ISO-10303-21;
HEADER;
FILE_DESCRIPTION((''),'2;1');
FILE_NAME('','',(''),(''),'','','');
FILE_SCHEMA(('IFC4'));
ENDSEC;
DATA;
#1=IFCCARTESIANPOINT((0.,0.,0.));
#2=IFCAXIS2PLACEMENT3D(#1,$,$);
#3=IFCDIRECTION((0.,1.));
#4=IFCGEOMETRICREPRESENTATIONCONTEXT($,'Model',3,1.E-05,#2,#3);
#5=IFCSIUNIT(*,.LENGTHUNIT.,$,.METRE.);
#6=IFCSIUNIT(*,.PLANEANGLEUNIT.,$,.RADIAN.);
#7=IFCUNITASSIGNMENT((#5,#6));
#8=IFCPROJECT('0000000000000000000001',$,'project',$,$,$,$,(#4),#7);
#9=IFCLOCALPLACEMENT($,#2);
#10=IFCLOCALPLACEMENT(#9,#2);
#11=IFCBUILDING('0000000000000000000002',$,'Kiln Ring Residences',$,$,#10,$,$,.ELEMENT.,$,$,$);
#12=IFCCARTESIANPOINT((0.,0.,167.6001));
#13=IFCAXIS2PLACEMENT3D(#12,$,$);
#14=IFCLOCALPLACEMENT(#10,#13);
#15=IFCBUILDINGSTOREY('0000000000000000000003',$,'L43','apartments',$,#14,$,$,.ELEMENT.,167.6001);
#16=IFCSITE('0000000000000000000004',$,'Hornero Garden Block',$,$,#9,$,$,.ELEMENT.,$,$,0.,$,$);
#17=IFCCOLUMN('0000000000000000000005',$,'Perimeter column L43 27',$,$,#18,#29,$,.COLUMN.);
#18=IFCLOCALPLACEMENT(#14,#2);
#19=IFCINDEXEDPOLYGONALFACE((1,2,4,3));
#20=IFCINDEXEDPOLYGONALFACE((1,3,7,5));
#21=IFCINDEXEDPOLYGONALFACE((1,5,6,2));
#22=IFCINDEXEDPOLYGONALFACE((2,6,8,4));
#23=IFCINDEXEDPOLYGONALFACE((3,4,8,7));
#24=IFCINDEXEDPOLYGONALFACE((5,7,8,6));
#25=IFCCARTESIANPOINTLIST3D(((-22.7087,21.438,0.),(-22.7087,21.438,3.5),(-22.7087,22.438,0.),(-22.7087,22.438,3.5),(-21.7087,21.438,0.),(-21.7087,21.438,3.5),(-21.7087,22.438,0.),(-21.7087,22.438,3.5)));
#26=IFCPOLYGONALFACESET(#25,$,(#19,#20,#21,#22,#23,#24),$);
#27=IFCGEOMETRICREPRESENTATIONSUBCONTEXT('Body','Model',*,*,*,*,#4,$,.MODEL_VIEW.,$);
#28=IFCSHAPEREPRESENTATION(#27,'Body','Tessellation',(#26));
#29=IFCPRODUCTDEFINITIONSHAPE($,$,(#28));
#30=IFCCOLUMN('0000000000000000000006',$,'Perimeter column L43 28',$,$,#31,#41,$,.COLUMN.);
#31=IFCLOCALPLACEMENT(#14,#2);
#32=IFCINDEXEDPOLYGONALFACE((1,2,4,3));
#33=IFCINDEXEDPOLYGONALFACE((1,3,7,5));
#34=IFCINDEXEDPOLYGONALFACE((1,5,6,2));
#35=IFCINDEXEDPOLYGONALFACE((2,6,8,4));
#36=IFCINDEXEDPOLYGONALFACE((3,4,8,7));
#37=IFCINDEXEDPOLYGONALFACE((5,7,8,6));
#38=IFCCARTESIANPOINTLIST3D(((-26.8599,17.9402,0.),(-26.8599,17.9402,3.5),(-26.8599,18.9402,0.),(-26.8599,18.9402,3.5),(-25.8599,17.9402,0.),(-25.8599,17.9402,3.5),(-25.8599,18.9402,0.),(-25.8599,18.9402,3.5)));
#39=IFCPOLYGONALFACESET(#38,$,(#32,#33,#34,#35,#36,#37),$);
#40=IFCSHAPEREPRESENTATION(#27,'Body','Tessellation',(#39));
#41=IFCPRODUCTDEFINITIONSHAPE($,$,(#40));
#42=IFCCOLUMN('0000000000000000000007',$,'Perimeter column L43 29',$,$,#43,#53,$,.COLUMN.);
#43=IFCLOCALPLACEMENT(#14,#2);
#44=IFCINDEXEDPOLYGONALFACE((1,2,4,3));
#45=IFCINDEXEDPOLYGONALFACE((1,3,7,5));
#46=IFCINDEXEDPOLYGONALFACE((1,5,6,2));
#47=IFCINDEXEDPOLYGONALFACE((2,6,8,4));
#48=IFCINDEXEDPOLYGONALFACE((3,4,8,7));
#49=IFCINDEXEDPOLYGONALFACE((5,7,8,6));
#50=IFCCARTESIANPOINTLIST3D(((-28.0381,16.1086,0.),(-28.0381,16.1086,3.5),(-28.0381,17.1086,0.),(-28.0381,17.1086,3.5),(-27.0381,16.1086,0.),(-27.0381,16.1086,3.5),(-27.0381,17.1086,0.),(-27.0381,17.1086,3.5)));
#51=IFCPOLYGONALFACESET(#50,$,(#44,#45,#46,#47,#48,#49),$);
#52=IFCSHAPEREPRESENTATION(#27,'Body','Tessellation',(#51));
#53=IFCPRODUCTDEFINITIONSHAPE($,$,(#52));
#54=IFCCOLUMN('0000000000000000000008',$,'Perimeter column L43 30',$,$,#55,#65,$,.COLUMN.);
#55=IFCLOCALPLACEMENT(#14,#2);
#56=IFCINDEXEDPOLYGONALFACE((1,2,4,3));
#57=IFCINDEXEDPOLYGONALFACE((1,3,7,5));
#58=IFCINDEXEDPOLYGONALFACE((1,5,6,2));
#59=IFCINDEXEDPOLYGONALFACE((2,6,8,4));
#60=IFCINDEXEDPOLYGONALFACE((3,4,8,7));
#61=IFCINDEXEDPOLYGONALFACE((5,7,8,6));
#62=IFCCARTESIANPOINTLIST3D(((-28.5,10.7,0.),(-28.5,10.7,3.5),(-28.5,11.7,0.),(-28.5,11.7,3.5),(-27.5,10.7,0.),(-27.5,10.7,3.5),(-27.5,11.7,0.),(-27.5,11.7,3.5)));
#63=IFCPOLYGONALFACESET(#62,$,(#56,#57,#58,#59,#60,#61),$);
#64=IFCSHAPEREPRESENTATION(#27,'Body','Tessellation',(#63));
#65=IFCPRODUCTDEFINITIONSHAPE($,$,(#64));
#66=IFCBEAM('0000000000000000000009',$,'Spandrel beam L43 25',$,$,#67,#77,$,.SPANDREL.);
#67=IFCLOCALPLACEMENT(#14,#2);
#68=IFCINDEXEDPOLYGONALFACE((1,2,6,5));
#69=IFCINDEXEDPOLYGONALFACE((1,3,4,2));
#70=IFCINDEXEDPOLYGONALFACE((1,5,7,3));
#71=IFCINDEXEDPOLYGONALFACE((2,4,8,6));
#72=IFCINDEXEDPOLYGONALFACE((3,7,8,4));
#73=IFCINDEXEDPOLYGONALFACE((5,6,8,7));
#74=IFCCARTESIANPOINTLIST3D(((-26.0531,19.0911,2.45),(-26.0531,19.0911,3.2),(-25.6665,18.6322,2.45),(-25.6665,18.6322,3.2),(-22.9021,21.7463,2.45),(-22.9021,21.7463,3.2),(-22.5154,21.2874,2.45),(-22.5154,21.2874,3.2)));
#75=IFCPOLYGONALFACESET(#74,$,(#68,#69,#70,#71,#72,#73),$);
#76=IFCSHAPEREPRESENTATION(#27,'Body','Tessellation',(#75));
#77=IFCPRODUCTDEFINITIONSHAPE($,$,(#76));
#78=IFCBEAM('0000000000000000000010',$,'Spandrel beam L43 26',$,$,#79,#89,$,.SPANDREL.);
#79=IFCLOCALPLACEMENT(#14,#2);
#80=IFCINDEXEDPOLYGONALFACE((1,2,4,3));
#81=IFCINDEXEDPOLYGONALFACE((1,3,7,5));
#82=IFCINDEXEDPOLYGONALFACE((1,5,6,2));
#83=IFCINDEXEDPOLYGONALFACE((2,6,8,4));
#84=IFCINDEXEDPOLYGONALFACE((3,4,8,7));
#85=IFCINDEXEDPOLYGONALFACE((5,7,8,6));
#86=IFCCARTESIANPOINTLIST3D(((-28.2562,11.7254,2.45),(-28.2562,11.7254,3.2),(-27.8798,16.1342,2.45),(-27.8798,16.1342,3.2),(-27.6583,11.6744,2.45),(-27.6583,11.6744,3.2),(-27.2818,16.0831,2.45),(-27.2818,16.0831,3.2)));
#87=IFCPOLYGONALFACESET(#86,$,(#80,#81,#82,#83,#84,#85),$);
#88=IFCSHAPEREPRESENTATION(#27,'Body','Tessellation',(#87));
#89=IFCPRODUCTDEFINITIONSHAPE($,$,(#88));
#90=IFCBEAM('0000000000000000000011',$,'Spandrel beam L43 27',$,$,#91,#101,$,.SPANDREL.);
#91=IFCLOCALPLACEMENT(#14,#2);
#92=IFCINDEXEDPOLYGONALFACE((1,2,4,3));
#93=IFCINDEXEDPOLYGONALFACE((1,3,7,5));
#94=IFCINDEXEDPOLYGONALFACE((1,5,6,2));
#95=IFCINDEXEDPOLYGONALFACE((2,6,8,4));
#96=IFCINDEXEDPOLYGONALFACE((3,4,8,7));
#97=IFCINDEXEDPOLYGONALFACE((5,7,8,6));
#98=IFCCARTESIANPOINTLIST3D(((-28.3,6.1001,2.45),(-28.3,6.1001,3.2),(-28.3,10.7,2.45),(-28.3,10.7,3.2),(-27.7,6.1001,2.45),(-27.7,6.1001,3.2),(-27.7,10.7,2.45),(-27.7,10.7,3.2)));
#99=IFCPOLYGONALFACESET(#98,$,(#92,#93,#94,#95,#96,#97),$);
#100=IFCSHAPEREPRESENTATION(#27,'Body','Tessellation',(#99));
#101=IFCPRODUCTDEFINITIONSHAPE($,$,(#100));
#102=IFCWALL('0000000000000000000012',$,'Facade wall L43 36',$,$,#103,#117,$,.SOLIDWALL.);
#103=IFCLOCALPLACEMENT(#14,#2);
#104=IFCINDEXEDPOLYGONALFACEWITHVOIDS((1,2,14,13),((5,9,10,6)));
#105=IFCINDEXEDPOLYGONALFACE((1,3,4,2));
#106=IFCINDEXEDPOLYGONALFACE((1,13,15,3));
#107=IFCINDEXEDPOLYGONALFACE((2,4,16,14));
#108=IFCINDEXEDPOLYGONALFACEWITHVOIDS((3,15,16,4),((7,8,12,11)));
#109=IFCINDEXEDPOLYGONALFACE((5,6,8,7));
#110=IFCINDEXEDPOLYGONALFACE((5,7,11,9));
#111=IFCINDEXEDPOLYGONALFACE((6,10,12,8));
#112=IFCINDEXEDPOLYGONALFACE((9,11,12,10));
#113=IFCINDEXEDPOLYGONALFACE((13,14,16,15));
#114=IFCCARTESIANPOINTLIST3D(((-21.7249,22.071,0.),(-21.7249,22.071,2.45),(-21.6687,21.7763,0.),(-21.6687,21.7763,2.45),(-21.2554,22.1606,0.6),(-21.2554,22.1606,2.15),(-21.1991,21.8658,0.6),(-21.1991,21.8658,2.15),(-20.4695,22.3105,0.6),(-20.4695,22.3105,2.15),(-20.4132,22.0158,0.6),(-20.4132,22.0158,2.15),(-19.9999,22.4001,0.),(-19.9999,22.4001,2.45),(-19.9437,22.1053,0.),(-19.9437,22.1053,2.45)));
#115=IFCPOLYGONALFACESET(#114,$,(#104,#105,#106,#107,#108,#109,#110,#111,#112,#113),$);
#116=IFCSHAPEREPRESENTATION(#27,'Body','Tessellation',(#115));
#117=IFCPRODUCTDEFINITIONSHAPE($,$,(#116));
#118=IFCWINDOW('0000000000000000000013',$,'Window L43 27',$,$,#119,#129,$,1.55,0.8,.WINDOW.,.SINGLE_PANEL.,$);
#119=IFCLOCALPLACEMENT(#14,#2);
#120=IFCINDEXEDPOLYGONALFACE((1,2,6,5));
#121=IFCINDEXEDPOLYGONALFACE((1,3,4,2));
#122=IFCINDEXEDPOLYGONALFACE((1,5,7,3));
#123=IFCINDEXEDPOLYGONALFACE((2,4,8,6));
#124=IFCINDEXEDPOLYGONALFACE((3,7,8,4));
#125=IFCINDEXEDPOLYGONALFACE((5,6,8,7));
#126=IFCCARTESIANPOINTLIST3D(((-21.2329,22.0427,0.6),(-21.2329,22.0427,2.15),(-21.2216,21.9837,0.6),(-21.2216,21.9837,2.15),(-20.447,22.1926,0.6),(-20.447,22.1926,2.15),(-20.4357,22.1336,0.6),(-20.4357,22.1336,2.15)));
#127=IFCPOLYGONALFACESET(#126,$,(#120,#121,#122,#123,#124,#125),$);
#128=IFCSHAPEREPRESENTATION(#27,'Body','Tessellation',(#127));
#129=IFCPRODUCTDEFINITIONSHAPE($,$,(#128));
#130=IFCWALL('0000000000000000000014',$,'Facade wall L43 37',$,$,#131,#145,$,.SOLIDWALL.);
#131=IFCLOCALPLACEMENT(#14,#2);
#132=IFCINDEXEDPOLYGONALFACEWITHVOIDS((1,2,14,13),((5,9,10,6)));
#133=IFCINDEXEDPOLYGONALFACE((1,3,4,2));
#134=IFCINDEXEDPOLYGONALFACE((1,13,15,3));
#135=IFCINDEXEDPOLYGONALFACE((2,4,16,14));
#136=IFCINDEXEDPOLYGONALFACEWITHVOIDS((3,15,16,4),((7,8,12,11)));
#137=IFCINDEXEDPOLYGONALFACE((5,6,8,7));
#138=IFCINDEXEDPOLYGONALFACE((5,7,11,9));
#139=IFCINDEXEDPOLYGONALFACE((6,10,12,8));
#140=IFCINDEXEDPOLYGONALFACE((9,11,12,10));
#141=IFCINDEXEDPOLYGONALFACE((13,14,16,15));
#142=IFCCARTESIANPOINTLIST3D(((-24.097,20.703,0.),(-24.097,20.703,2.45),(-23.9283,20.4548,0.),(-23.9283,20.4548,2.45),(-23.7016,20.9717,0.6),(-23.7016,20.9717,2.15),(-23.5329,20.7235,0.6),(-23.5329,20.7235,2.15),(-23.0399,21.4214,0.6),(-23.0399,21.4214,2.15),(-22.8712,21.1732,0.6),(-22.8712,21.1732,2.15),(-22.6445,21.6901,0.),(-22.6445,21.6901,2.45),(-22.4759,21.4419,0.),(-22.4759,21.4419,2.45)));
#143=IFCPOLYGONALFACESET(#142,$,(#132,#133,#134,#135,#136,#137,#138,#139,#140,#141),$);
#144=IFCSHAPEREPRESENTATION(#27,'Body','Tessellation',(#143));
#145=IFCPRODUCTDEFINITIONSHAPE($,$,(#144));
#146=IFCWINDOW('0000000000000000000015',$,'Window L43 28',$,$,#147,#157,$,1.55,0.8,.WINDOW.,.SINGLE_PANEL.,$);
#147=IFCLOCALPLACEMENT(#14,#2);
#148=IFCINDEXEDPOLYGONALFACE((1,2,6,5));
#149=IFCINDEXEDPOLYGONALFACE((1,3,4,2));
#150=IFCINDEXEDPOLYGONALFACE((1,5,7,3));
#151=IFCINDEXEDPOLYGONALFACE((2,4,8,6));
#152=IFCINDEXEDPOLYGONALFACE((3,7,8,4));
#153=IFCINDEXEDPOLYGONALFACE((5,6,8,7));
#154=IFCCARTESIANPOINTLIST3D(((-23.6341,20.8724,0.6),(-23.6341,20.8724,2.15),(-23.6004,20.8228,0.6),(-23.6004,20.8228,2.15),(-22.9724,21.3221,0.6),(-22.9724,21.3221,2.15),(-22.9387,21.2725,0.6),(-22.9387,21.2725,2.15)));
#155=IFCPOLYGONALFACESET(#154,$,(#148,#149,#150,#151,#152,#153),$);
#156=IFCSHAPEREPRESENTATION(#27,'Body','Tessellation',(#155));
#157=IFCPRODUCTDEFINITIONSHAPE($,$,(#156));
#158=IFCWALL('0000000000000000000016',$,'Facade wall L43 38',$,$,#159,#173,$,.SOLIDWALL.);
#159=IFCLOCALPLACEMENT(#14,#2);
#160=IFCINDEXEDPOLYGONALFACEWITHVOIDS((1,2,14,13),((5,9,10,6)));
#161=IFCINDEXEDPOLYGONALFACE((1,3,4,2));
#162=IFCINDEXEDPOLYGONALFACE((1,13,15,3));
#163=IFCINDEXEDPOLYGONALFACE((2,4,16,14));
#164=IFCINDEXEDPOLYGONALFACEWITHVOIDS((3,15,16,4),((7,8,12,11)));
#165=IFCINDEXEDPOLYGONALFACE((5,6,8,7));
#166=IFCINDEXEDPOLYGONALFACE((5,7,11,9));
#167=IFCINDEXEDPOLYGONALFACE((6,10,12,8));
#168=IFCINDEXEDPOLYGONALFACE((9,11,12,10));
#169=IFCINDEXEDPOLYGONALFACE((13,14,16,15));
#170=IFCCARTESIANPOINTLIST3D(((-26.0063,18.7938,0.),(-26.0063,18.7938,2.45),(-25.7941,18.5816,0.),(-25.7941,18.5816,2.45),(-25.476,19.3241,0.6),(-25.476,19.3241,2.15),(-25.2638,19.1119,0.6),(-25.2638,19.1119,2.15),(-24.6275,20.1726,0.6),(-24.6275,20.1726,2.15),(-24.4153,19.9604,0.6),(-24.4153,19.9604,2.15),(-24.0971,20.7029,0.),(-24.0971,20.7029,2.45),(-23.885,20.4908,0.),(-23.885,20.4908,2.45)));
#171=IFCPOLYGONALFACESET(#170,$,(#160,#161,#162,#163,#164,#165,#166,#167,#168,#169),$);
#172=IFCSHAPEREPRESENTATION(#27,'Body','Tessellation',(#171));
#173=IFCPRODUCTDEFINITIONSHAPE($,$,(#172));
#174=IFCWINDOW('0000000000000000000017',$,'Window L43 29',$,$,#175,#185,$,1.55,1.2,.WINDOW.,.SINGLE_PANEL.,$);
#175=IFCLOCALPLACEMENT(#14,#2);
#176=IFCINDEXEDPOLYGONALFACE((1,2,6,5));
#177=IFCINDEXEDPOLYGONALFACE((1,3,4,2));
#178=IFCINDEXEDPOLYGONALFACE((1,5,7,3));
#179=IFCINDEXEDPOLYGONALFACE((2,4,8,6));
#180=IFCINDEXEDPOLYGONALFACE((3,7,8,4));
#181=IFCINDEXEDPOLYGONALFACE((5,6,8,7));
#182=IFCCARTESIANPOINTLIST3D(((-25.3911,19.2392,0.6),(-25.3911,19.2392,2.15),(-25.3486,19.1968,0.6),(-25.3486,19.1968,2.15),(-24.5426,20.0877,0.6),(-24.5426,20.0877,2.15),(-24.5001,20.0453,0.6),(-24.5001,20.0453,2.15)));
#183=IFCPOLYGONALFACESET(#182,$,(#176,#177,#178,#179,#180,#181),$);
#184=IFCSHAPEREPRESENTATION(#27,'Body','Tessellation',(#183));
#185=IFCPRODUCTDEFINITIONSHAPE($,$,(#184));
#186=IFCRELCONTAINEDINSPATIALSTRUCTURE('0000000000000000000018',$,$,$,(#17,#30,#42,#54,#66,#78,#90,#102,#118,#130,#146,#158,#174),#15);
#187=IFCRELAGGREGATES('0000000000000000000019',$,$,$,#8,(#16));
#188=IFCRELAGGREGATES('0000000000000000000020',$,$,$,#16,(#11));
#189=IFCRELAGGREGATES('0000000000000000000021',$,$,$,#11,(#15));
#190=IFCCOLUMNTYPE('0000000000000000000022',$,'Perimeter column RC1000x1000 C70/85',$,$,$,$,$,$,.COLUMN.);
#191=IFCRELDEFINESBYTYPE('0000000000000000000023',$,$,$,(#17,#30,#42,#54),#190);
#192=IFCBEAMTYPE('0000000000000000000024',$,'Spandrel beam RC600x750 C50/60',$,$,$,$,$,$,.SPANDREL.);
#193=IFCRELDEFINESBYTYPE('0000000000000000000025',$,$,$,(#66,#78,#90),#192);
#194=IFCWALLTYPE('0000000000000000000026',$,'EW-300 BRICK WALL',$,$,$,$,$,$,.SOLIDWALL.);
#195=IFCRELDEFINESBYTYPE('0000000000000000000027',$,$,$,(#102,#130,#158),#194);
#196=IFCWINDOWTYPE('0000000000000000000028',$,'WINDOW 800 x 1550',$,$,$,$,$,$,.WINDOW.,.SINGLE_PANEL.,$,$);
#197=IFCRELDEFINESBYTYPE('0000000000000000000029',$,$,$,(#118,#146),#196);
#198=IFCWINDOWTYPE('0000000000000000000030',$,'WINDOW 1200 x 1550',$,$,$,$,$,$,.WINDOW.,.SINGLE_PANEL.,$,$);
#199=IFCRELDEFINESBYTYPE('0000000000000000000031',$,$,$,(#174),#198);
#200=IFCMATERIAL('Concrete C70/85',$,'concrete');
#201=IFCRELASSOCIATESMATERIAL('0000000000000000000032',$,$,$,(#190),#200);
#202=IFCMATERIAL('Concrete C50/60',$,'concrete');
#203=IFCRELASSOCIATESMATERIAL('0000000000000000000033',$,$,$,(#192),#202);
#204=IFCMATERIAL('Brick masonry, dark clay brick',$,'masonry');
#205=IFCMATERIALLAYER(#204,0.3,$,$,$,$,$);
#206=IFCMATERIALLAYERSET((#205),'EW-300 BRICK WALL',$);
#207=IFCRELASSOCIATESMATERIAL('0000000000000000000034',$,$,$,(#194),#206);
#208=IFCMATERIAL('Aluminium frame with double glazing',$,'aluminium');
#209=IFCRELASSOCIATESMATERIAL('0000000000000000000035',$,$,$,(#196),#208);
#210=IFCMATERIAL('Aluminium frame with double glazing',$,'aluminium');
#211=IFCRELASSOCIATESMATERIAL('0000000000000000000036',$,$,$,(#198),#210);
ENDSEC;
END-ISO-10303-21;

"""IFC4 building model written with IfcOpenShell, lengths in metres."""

from ifc_helpers import new_model, si_unit, direction, frame, frame_2d, origin, origin_2d, place, context, subcontext, project, spatial, rectangle, extrude, material, layer, layer_set, material_profile, profile_set, type_object, element, fill, save


model = new_model("IFC4")

# Units and contexts
model_context = context("Model", 3, precision=1e-05, world=origin(), true_north=direction((0.0, 1.0)))
body_context = subcontext(model_context, "Body", "Model", "MODEL_VIEW")
ifc_project = project(units=[si_unit("LENGTHUNIT", "METRE"), si_unit("PLANEANGLEUNIT", "RADIAN")], contexts=[model_context])

# Site, building, storey
site_placement = place(None, origin())
site = spatial("IfcSite", under=ifc_project, at=site_placement, Name="Hornero Garden Block", CompositionType="ELEMENT", RefElevation=0.0)
building_placement = place(site_placement, origin())
building = spatial("IfcBuilding", under=site, at=building_placement, Name="Kiln Ring Residences", CompositionType="ELEMENT")
storey_placement = place(building_placement, frame((0.0, 0.0, 167.6001)))
storey = spatial("IfcBuildingStorey", under=building, at=storey_placement, Name="L43", Description="apartments", CompositionType="ELEMENT", Elevation=167.6001)

# Columns
ifc_material_1 = material(Name="Concrete C70/85", Category="concrete")
ifc_material_profile_1 = material_profile(ifc_material_1, rectangle(XDim=1.0, YDim=1.0, at=origin_2d()), Name="RC1000x1000")
ifc_profile_set_1 = profile_set([ifc_material_profile_1], Name="Concrete C70/85")
column_type = type_object("IfcColumnType", Name="Perimeter column RC1000x1000 C70/85", PredefinedType="COLUMN", material=ifc_profile_set_1)
for number, where, z_axis, x_axis, name in (
    (1, (-22.2087, 21.938, 0.0), (0.0, 0.0, 1.0), (1.0, 0.0, 0.0), "Perimeter column L43 27"),
    (2, (-26.3599, 18.4402, 0.0), (0.0, 0.0, 1.0), (1.0, 0.0, 0.0), "Perimeter column L43 28"),
    (3, (-27.5381, 16.6086, 0.0), (0.0, 0.0, 1.0), (1.0, 0.0, 0.0), "Perimeter column L43 29"),
    (4, (-28.0, 11.2, 0.0), (0.0, 0.0, 1.0), (1.0, 0.0, 0.0), "Perimeter column L43 30"),
):
    element("IfcColumn", number, at=place(storey_placement, frame(where, z_axis=z_axis, x_axis=x_axis)), inside=storey, type_object=column_type, Name=name, PredefinedType="COLUMN", context=body_context, shape_type="SweptSolid", body=[
        extrude(rectangle(XDim=1.0, YDim=1.0, at=origin_2d()), origin(), (0.0, 0.0, 1.0), 3.5),
    ])

# Beams
ifc_material_2 = material(Name="Concrete C50/60", Category="concrete")
ifc_material_profile_2 = material_profile(ifc_material_2, rectangle(XDim=0.6001, YDim=0.75, at=origin_2d()), Name="RC600x750")
ifc_profile_set_2 = profile_set([ifc_material_profile_2], Name="Concrete C50/60")
beam_type = type_object("IfcBeamType", Name="Spandrel beam RC600x750 C50/60", PredefinedType="SPANDREL", material=ifc_profile_set_2)
beam_1_placement = place(storey_placement, frame((-22.7087, 21.5168, 2.825), z_axis=(-0.764708, -0.644377, 0.0), x_axis=(0.644377, -0.764708, 0.0)))
element("IfcBeam", 5, at=beam_1_placement, inside=storey, type_object=beam_type, Name="Spandrel beam L43 25", PredefinedType="SPANDREL", context=body_context, shape_type="SweptSolid", body=[
    extrude(rectangle(XDim=0.6001, YDim=0.75, at=origin_2d()), origin(), (0.0, 0.0, 1.0), 4.1206),
])
beam_2_placement = place(storey_placement, frame((-27.5808, 16.1086, 2.825), z_axis=(-0.085082, -0.996374, 0.0), x_axis=(0.996374, -0.085082, 0.0)))
element("IfcBeam", 6, at=beam_2_placement, inside=storey, type_object=beam_type, Name="Spandrel beam L43 26", PredefinedType="SPANDREL", context=body_context, shape_type="SweptSolid", body=[
    extrude(rectangle(XDim=0.6001, YDim=0.75, at=origin_2d()), origin(), (0.0, 0.0, 1.0), 4.4248),
])
beam_3_placement = place(storey_placement, frame((-28.0, 10.7, 2.825), z_axis=(0.0, -1.0, 0.0), x_axis=(1.0, 0.0, 0.0)))
element("IfcBeam", 7, at=beam_3_placement, inside=storey, type_object=beam_type, Name="Spandrel beam L43 27", PredefinedType="SPANDREL", context=body_context, shape_type="SweptSolid", body=[
    extrude(rectangle(XDim=0.6001, YDim=0.75, at=origin_2d()), origin(), (0.0, 0.0, 1.0), 4.5999),
])

# Walls, openings, windows
ifc_material_3 = material(Name="Brick masonry, dark clay brick", Category="masonry")
ifc_layer_1 = layer(ifc_material_3, 0.3)
ifc_layer_set_1 = layer_set([ifc_layer_1], Name="EW-300 BRICK WALL")
wall_type_1 = type_object("IfcWallType", Name="EW-300 BRICK WALL", PredefinedType="SOLIDWALL", material=ifc_layer_set_1)
wall_1_placement = place(storey_placement, frame((-19.9719, 22.2527, 0.0), z_axis=(0.0, 0.0, 1.0), x_axis=(-0.982285, -0.187393, 0.0)))
wall_1 = element("IfcWall", 8, at=wall_1_placement, inside=storey, type_object=wall_type_1, Name="Facade wall L43 36", PredefinedType="SOLIDWALL", context=body_context, shape_type="SweptSolid", body=[
    extrude(rectangle(XDim=1.7561, YDim=0.3, at=frame_2d((0.8779, 0.0))), origin(), (0.0, 0.0, 1.0), 2.45),
])
opening_1_placement = place(wall_1_placement, frame((0.478, 0.0, 0.6001)))
opening_1 = element("IfcOpeningElement", 9, at=opening_1_placement, cuts=wall_1, PredefinedType="OPENING", context=body_context, shape_type="SweptSolid", body=[
    extrude(rectangle(XDim=0.8, YDim=1.55, at=frame_2d((0.3999, 0.7749))), frame((0.0, 0.1599, 0.0), z_axis=(0.0, -1.0, 0.0), x_axis=(1.0, 0.0, 0.0)), (0.0, 0.0, 1.0), 0.3201),
])
ifc_material_4 = material(Name="Aluminium frame with double glazing", Category="aluminium")
window_type_1 = type_object("IfcWindowType", Name="WINDOW 800 x 1550", PartitioningType="SINGLE_PANEL", PredefinedType="WINDOW", material=ifc_material_4)
window_1_placement = place(opening_1_placement, origin())
window_1 = element("IfcWindow", 10, at=window_1_placement, inside=storey, type_object=window_type_1, Name="Window L43 27", OverallHeight=1.55, OverallWidth=0.8, PartitioningType="SINGLE_PANEL", PredefinedType="WINDOW", context=body_context, shape_type="SweptSolid", body=[
    extrude(rectangle(XDim=0.8, YDim=1.55, at=frame_2d((0.3999, 0.7749))), frame((0.0, 0.03, 0.0), z_axis=(0.0, -1.0, 0.0), x_axis=(1.0, 0.0, 0.0)), (0.0, 0.0, 1.0), 0.0601),
])
fill(opening_1, window_1)
wall_2_placement = place(storey_placement, frame((-22.5603, 21.5659, 0.0), z_axis=(0.0, 0.0, 1.0), x_axis=(-0.827076, -0.562089, 0.0)))
wall_2 = element("IfcWall", 11, at=wall_2_placement, inside=storey, type_object=wall_type_1, Name="Facade wall L43 37", PredefinedType="SOLIDWALL", context=body_context, shape_type="SweptSolid", body=[
    extrude(rectangle(XDim=1.7561, YDim=0.3, at=frame_2d((0.8779, 0.0))), origin(), (0.0, 0.0, 1.0), 2.45),
])
opening_2_placement = place(wall_2_placement, frame((0.478, 0.0, 0.6001)))
opening_2 = element("IfcOpeningElement", 12, at=opening_2_placement, cuts=wall_2, PredefinedType="OPENING", context=body_context, shape_type="SweptSolid", body=[
    extrude(rectangle(XDim=0.8, YDim=1.55, at=frame_2d((0.3999, 0.7749))), frame((0.0, 0.1599, 0.0), z_axis=(0.0, -1.0, 0.0), x_axis=(1.0, 0.0, 0.0)), (0.0, 0.0, 1.0), 0.3201),
])
window_2_placement = place(opening_2_placement, origin())
window_2 = element("IfcWindow", 13, at=window_2_placement, inside=storey, type_object=window_type_1, Name="Window L43 28", OverallHeight=1.55, OverallWidth=0.8, PartitioningType="SINGLE_PANEL", PredefinedType="WINDOW", context=body_context, shape_type="SweptSolid", body=[
    extrude(rectangle(XDim=0.8, YDim=1.55, at=frame_2d((0.3999, 0.7749))), frame((0.0, 0.03, 0.0), z_axis=(0.0, -1.0, 0.0), x_axis=(1.0, 0.0, 0.0)), (0.0, 0.0, 1.0), 0.0601),
])
fill(opening_2, window_2)
wall_3_placement = place(storey_placement, frame((-23.991, 20.5969, 0.0), z_axis=(0.0, 0.0, 1.0), x_axis=(-0.707107, -0.707107, 0.0)))
wall_3 = element("IfcWall", 14, at=wall_3_placement, inside=storey, type_object=wall_type_1, Name="Facade wall L43 38", PredefinedType="SOLIDWALL", context=body_context, shape_type="SweptSolid", body=[
    extrude(rectangle(XDim=2.7, YDim=0.3, at=frame_2d((1.3501, 0.0))), origin(), (0.0, 0.0, 1.0), 2.45),
])
opening_3_placement = place(wall_3_placement, frame((0.75, 0.0, 0.6001)))
opening_3 = element("IfcOpeningElement", 15, at=opening_3_placement, cuts=wall_3, PredefinedType="OPENING", context=body_context, shape_type="SweptSolid", body=[
    extrude(rectangle(XDim=1.2, YDim=1.55, at=frame_2d((0.6001, 0.7749))), frame((0.0, 0.1599, 0.0), z_axis=(0.0, -1.0, 0.0), x_axis=(1.0, 0.0, 0.0)), (0.0, 0.0, 1.0), 0.3201),
])
ifc_material_5 = material(Name="Aluminium frame with double glazing", Category="aluminium")
window_type_2 = type_object("IfcWindowType", Name="WINDOW 1200 x 1550", PartitioningType="SINGLE_PANEL", PredefinedType="WINDOW", material=ifc_material_5)
window_3_placement = place(opening_3_placement, origin())
window_3 = element("IfcWindow", 16, at=window_3_placement, inside=storey, type_object=window_type_2, Name="Window L43 29", OverallHeight=1.55, OverallWidth=1.2, PartitioningType="SINGLE_PANEL", PredefinedType="WINDOW", context=body_context, shape_type="SweptSolid", body=[
    extrude(rectangle(XDim=1.2, YDim=1.55, at=frame_2d((0.6001, 0.7749))), frame((0.0, 0.03, 0.0), z_axis=(0.0, -1.0, 0.0), x_axis=(1.0, 0.0, 0.0)), (0.0, 0.0, 1.0), 0.0601),
])
fill(opening_3, window_3)

save(model, "model.ifc")
